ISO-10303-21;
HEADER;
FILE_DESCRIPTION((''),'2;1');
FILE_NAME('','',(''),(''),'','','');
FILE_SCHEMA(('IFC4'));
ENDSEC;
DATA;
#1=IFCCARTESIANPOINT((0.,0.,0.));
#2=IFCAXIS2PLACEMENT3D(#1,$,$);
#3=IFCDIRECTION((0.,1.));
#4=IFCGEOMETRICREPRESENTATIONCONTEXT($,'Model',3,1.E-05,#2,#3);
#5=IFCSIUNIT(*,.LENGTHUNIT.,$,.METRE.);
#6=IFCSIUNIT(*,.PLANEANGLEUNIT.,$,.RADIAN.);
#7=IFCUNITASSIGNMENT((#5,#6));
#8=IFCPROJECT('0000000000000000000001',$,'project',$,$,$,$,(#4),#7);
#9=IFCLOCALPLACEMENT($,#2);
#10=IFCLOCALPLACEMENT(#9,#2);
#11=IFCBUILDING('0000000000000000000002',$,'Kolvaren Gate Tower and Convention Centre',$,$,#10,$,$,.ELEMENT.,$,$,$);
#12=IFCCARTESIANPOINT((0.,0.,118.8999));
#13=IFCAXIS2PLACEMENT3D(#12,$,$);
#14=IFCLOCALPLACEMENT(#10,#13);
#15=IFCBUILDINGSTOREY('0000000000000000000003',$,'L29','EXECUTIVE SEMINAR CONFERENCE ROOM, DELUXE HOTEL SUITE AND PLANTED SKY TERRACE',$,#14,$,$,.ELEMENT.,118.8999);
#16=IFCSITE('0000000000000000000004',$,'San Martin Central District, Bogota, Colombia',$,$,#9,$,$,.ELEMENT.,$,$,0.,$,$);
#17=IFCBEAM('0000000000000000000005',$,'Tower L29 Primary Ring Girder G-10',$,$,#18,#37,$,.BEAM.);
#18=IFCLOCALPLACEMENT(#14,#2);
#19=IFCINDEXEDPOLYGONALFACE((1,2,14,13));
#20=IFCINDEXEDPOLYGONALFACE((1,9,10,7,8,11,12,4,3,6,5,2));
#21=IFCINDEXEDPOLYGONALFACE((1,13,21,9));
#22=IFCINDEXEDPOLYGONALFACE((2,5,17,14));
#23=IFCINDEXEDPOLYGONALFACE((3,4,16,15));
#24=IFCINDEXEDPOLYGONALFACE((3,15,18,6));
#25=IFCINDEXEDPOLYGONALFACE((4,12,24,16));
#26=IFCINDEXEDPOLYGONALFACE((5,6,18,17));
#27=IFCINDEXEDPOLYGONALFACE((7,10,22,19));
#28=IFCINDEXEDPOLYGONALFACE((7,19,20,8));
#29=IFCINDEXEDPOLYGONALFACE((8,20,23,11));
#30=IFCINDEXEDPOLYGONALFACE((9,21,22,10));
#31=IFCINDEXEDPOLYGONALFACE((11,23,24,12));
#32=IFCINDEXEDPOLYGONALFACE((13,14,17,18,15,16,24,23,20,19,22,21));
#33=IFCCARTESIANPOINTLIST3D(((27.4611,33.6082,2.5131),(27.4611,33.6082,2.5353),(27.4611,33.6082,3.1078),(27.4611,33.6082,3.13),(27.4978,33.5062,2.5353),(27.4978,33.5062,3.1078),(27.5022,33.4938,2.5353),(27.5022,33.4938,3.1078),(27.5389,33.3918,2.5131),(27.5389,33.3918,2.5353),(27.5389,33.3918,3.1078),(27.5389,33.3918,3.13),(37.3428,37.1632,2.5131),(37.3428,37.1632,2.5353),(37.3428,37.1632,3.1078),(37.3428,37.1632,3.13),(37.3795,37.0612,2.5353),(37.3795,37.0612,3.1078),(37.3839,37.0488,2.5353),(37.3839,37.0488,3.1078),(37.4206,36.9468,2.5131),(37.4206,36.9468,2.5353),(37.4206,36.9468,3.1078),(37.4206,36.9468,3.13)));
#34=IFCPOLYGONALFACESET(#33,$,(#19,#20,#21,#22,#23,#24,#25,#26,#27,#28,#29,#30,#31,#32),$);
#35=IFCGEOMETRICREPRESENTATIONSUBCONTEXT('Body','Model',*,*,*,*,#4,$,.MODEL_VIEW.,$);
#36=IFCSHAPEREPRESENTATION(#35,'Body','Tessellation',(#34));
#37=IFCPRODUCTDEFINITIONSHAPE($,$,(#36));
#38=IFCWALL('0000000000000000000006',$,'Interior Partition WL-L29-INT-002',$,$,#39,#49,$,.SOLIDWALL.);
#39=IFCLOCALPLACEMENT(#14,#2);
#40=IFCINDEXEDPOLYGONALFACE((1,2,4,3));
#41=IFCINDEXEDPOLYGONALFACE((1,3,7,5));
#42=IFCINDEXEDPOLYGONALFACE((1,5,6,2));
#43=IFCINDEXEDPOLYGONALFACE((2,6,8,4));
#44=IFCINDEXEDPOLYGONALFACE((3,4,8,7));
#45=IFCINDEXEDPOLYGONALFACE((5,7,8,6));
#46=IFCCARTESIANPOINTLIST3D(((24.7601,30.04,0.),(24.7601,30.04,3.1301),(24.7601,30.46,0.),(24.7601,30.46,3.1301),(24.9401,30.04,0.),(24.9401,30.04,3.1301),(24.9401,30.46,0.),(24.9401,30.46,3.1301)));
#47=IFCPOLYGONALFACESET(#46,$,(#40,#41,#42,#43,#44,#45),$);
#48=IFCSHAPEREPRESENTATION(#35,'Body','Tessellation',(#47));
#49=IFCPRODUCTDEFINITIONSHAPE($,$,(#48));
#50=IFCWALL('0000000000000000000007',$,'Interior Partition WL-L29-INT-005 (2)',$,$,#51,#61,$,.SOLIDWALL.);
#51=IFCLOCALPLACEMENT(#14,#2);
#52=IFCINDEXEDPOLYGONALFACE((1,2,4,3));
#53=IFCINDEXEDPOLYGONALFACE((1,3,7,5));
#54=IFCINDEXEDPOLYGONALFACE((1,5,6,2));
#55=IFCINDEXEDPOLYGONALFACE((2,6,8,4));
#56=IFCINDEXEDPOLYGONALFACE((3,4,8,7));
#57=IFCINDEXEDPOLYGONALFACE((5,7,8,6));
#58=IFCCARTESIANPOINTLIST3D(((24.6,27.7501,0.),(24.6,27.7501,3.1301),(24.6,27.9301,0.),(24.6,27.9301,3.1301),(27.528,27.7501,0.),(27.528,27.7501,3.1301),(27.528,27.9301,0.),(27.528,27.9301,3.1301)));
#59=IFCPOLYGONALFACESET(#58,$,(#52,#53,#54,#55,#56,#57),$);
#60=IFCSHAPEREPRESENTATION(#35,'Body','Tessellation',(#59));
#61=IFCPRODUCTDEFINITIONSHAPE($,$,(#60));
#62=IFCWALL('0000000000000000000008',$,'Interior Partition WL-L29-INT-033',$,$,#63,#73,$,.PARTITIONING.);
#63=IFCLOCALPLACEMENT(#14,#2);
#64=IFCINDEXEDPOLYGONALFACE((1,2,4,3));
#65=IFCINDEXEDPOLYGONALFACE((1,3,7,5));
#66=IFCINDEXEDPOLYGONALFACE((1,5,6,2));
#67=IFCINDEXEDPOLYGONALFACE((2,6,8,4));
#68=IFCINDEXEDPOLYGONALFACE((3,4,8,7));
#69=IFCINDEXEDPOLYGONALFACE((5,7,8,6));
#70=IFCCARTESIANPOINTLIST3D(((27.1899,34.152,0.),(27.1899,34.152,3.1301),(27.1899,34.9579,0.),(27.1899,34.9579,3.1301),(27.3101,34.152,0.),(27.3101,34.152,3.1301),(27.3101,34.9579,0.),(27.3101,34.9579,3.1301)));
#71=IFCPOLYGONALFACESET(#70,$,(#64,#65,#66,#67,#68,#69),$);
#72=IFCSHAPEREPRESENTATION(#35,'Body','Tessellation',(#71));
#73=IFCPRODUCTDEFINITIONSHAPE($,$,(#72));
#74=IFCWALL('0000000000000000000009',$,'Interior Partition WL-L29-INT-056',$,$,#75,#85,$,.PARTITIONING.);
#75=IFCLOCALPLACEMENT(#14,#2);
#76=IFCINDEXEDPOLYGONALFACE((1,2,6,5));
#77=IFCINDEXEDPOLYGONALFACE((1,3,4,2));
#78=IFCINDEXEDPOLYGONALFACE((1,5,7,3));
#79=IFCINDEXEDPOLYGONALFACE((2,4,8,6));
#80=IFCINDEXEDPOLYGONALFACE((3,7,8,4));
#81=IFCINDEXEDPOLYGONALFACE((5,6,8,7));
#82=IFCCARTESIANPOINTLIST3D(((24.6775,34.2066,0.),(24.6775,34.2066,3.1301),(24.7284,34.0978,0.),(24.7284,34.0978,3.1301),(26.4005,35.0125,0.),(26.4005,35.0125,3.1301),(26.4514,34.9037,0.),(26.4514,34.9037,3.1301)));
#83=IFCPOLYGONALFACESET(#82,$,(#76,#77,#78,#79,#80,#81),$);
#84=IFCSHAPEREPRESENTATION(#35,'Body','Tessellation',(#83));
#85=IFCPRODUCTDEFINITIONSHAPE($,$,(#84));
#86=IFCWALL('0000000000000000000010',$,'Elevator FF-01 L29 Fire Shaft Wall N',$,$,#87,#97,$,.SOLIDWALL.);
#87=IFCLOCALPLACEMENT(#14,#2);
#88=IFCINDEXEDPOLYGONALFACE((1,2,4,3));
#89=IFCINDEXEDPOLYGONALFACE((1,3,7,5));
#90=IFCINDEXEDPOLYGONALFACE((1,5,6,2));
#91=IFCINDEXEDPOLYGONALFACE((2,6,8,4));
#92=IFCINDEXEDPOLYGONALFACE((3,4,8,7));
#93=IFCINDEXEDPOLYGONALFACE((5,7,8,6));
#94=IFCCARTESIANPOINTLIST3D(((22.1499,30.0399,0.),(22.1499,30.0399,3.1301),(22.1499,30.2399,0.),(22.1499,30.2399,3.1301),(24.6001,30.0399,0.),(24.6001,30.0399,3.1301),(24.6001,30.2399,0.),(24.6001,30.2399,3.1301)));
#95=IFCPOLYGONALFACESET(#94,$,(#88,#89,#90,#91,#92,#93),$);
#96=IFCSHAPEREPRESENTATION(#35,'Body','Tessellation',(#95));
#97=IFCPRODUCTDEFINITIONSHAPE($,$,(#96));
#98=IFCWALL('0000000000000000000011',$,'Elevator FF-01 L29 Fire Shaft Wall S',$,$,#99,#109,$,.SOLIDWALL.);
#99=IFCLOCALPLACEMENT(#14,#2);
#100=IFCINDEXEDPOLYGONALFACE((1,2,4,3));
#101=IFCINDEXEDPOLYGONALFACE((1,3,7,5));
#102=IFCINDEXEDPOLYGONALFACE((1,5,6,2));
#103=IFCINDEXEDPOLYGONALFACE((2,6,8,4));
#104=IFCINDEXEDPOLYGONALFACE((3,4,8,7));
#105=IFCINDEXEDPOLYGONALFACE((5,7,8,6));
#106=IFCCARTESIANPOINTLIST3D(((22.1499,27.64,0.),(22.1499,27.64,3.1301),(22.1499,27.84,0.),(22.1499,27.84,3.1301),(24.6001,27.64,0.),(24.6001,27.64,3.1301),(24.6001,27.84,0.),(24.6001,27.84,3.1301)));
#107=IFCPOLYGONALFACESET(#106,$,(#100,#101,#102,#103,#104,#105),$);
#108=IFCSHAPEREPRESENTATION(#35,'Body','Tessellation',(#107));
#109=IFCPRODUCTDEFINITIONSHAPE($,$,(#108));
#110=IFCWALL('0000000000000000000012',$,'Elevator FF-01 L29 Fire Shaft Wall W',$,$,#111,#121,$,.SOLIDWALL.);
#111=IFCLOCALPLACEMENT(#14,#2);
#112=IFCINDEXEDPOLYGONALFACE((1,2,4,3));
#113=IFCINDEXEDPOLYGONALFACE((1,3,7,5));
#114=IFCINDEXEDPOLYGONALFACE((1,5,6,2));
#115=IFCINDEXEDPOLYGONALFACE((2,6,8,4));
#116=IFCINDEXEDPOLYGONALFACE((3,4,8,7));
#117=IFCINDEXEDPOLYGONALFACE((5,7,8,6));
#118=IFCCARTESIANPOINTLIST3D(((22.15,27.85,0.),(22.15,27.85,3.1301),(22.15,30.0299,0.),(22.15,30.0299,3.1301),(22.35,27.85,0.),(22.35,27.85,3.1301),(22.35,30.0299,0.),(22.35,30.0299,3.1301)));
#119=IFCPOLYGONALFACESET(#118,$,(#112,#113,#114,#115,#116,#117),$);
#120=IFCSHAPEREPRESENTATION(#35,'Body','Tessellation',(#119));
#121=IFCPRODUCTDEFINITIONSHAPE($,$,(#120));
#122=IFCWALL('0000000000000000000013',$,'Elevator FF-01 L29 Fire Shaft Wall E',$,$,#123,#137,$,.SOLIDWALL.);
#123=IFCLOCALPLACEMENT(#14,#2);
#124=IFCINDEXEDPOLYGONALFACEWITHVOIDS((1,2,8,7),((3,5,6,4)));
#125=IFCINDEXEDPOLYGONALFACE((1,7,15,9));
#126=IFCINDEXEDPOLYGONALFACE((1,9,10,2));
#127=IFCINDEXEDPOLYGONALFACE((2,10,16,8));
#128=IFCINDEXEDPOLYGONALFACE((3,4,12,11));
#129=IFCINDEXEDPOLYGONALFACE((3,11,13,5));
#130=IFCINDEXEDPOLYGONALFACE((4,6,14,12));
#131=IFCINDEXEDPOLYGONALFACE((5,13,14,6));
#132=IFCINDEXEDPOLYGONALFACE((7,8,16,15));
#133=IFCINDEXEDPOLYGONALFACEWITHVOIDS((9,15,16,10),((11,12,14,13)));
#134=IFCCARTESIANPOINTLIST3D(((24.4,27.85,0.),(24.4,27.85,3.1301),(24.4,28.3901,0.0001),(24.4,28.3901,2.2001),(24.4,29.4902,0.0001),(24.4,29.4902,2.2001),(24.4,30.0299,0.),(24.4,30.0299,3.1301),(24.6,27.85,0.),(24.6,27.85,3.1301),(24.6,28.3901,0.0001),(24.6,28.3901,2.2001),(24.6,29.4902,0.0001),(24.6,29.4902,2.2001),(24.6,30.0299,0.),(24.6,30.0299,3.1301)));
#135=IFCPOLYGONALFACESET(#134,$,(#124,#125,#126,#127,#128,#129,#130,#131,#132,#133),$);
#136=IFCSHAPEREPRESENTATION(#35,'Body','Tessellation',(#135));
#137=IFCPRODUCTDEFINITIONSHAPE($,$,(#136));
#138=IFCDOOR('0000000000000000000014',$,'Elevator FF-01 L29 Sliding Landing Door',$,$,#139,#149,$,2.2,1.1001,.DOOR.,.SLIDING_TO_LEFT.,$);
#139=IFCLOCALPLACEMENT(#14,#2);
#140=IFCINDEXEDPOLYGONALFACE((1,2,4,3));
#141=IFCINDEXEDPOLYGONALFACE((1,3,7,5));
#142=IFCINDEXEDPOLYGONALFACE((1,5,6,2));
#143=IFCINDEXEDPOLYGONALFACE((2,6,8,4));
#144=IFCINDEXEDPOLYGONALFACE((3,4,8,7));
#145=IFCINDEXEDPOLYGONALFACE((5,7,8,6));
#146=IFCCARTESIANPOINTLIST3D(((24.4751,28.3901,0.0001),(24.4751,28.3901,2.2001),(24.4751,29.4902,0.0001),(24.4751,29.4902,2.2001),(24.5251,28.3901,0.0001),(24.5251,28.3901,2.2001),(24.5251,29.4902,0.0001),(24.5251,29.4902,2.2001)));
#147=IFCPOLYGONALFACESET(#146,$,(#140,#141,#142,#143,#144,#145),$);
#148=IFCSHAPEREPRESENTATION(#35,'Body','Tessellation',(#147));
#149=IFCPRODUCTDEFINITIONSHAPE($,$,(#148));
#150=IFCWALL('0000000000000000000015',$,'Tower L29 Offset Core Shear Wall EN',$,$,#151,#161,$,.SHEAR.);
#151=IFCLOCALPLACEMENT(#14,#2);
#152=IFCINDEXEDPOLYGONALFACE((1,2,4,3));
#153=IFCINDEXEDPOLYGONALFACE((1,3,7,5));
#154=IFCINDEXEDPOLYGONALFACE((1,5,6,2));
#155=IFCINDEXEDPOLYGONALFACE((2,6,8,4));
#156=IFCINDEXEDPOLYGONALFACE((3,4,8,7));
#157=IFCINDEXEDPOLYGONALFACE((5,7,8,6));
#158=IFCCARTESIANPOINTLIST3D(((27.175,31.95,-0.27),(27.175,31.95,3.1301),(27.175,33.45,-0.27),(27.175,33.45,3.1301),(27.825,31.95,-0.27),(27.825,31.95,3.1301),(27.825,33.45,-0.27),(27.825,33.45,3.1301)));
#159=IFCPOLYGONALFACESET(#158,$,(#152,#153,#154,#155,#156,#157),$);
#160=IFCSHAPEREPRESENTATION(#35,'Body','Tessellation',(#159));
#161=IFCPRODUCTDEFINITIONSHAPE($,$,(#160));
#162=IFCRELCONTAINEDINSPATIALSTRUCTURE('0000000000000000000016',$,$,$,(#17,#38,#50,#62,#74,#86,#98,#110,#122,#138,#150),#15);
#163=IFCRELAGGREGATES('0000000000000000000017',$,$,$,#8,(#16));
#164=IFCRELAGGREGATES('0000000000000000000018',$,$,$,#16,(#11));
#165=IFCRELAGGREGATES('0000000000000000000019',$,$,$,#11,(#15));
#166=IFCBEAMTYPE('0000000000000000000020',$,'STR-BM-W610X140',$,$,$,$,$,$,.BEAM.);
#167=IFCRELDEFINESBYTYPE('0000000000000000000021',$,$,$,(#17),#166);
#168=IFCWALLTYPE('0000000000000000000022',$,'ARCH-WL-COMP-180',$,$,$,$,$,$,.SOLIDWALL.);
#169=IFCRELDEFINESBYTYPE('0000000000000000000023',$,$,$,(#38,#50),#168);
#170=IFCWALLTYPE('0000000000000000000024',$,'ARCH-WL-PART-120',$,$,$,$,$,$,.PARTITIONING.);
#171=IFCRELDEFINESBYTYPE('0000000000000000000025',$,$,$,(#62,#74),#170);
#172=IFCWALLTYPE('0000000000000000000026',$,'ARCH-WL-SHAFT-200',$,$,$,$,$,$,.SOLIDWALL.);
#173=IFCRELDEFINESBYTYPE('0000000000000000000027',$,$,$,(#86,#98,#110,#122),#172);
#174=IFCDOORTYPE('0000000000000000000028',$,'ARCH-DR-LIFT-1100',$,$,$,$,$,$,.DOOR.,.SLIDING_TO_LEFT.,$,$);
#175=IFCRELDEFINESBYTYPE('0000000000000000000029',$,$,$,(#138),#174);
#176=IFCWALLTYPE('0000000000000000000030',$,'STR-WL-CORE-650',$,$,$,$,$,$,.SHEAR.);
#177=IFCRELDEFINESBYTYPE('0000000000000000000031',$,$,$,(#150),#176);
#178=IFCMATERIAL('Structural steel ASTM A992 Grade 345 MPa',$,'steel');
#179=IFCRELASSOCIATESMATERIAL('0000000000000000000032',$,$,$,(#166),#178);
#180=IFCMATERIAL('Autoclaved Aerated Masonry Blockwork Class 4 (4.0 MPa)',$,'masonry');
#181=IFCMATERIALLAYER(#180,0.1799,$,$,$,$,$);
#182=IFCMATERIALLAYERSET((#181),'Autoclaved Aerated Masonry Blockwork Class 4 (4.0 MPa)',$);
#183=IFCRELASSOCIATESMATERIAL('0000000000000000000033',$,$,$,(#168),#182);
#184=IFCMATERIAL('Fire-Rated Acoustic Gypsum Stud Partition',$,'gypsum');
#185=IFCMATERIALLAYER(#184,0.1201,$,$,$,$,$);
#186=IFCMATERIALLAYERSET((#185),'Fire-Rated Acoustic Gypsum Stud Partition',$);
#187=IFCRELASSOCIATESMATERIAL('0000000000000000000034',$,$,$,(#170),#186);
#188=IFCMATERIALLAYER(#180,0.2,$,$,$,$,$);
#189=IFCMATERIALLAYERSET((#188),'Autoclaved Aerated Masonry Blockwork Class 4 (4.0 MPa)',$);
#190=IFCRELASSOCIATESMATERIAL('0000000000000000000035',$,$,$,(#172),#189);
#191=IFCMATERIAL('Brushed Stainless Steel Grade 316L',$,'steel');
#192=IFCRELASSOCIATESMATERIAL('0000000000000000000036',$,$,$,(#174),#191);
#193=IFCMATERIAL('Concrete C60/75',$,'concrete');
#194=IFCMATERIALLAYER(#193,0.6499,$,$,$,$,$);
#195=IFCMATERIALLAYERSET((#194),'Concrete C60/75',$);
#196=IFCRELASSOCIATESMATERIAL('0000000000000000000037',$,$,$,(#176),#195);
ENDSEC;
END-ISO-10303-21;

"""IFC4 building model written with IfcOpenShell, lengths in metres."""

from ifc_helpers import new_model, si_unit, direction, frame, frame_2d, origin, origin_2d, place, context, subcontext, project, spatial, rectangle, i_section, extrude, material, layer, layer_set, material_profile, profile_set, type_object, element, fill, save


model = new_model("IFC4")

# Units and contexts
model_context = context("Model", 3, precision=1e-05, world=origin(), true_north=direction((0.0, 1.0)))
body_context = subcontext(model_context, "Body", "Model", "MODEL_VIEW")
ifc_project = project(units=[si_unit("LENGTHUNIT", "METRE"), si_unit("PLANEANGLEUNIT", "RADIAN")], contexts=[model_context])

# Site, building, storey
site_placement = place(None, origin())
site = spatial("IfcSite", under=ifc_project, at=site_placement, Name="San Martin Central District, Bogota, Colombia", CompositionType="ELEMENT", RefElevation=0.0)
building_placement = place(site_placement, origin())
building = spatial("IfcBuilding", under=site, at=building_placement, Name="Kolvaren Gate Tower and Convention Centre", CompositionType="ELEMENT")
storey_placement = place(building_placement, frame((0.0, 0.0, 118.8999)))
storey = spatial("IfcBuildingStorey", under=building, at=storey_placement, Name="L29", Description="EXECUTIVE SEMINAR CONFERENCE ROOM, DELUXE HOTEL SUITE AND PLANTED SKY TERRACE", CompositionType="ELEMENT", Elevation=118.8999)

# Beam
ifc_material_1 = material(Name="Structural steel ASTM A992 Grade 345 MPa", Category="steel")
ifc_material_profile = material_profile(ifc_material_1, i_section(OverallWidth=0.23, OverallDepth=0.6169, WebThickness=0.0132, FlangeThickness=0.0222, at=origin_2d()), Name="W610X140")
ifc_profile_set = profile_set([ifc_material_profile], Name="Structural steel ASTM A992 Grade 345 MPa")
beam_type = type_object("IfcBeamType", Name="STR-BM-W610X140", PredefinedType="BEAM", material=ifc_profile_set)
beam_placement = place(storey_placement, frame((27.5, 33.5, 2.8215), z_axis=(0.940961, 0.338514, 0.0), x_axis=(-0.338514, 0.940961, 0.0)))
element("IfcBeam", 1, at=beam_placement, inside=storey, type_object=beam_type, Name="Tower L29 Primary Ring Girder G-10", PredefinedType="BEAM", context=body_context, shape_type="SweptSolid", body=[
    extrude(i_section(OverallWidth=0.23, OverallDepth=0.6169, WebThickness=0.0132, FlangeThickness=0.0222, at=origin_2d()), origin(), (0.0, 0.0, 1.0), 10.5017),
])

# Walls
ifc_material_2 = material(Name="Autoclaved Aerated Masonry Blockwork Class 4 (4.0 MPa)", Category="masonry")
ifc_layer_1 = layer(ifc_material_2, 0.1799)
ifc_layer_set_1 = layer_set([ifc_layer_1], Name="Autoclaved Aerated Masonry Blockwork Class 4 (4.0 MPa)")
wall_type_1 = type_object("IfcWallType", Name="ARCH-WL-COMP-180", PredefinedType="SOLIDWALL", material=ifc_layer_set_1)
wall_1_placement = place(storey_placement, frame((24.8501, 30.04, 0.0), z_axis=(0.0, 0.0, 1.0), x_axis=(0.0, 1.0, 0.0)))
element("IfcWall", 2, at=wall_1_placement, inside=storey, type_object=wall_type_1, Name="Interior Partition WL-L29-INT-002", PredefinedType="SOLIDWALL", context=body_context, shape_type="SweptSolid", body=[
    extrude(rectangle(XDim=0.4199, YDim=0.1799, at=frame_2d((0.21, 0.0))), origin(), (0.0, 0.0, 1.0), 3.1301),
])
wall_2_placement = place(storey_placement, frame((24.6001, 27.8401, 0.0), z_axis=(0.0, 0.0, 1.0), x_axis=(1.0, 0.0, 0.0)))
element("IfcWall", 3, at=wall_2_placement, inside=storey, type_object=wall_type_1, Name="Interior Partition WL-L29-INT-005 (2)", PredefinedType="SOLIDWALL", context=body_context, shape_type="SweptSolid", body=[
    extrude(rectangle(XDim=2.928, YDim=0.1799, at=frame_2d((1.4639, 0.0))), origin(), (0.0, 0.0, 1.0), 3.1301),
])
ifc_material_3 = material(Name="Fire-Rated Acoustic Gypsum Stud Partition", Category="gypsum")
ifc_layer_2 = layer(ifc_material_3, 0.1201)
ifc_layer_set_2 = layer_set([ifc_layer_2], Name="Fire-Rated Acoustic Gypsum Stud Partition")
wall_type_2 = type_object("IfcWallType", Name="ARCH-WL-PART-120", PredefinedType="PARTITIONING", material=ifc_layer_set_2)
wall_3_placement = place(storey_placement, frame((27.25, 34.1521, 0.0), z_axis=(0.0, 0.0, 1.0), x_axis=(0.0, 1.0, 0.0)))
element("IfcWall", 4, at=wall_3_placement, inside=storey, type_object=wall_type_2, Name="Interior Partition WL-L29-INT-033", PredefinedType="PARTITIONING", context=body_context, shape_type="SweptSolid", body=[
    extrude(rectangle(XDim=0.8059, YDim=0.1201, at=frame_2d((0.4028, 0.0))), origin(), (0.0, 0.0, 1.0), 3.1301),
])
wall_4_placement = place(storey_placement, frame((24.7029, 34.1521, 0.0), z_axis=(0.0, 0.0, 1.0), x_axis=(0.905802, 0.4237, 0.0)))
element("IfcWall", 5, at=wall_4_placement, inside=storey, type_object=wall_type_2, Name="Interior Partition WL-L29-INT-056", PredefinedType="PARTITIONING", context=body_context, shape_type="SweptSolid", body=[
    extrude(rectangle(XDim=1.9021, YDim=0.1201, at=frame_2d((0.9512, 0.0))), origin(), (0.0, 0.0, 1.0), 3.1301),
])
ifc_layer_3 = layer(ifc_material_2, 0.2)
ifc_layer_set_3 = layer_set([ifc_layer_3], Name="Autoclaved Aerated Masonry Blockwork Class 4 (4.0 MPa)")
wall_type_3 = type_object("IfcWallType", Name="ARCH-WL-SHAFT-200", PredefinedType="SOLIDWALL", material=ifc_layer_set_3)
for number, where, z_axis, x_axis, name in (
    (6, (22.1499, 30.1399, 0.0), (0.0, 0.0, 1.0), (1.0, 0.0, 0.0), "Elevator FF-01 L29 Fire Shaft Wall N"),
    (7, (22.1499, 27.74, 0.0), (0.0, 0.0, 1.0), (1.0, 0.0, 0.0), "Elevator FF-01 L29 Fire Shaft Wall S"),
):
    element("IfcWall", number, at=place(storey_placement, frame(where, z_axis=z_axis, x_axis=x_axis)), inside=storey, type_object=wall_type_3, Name=name, PredefinedType="SOLIDWALL", context=body_context, shape_type="SweptSolid", body=[
        extrude(rectangle(XDim=2.4502, YDim=0.2, at=frame_2d((1.2251, 0.0))), origin(), (0.0, 0.0, 1.0), 3.1301),
    ])
wall_5_placement = place(storey_placement, frame((22.25, 27.8501, 0.0), z_axis=(0.0, 0.0, 1.0), x_axis=(0.0, 1.0, 0.0)))
element("IfcWall", 8, at=wall_5_placement, inside=storey, type_object=wall_type_3, Name="Elevator FF-01 L29 Fire Shaft Wall W", PredefinedType="SOLIDWALL", context=body_context, shape_type="SweptSolid", body=[
    extrude(rectangle(XDim=2.1799, YDim=0.2, at=frame_2d((1.0898, 0.0))), origin(), (0.0, 0.0, 1.0), 3.1301),
])

# Wall, opening, door
wall_6_placement = place(storey_placement, frame((24.5, 27.8501, 0.0), z_axis=(0.0, 0.0, 1.0), x_axis=(0.0, 1.0, 0.0)))
wall_6 = element("IfcWall", 9, at=wall_6_placement, inside=storey, type_object=wall_type_3, Name="Elevator FF-01 L29 Fire Shaft Wall E", PredefinedType="SOLIDWALL", context=body_context, shape_type="SweptSolid", body=[
    extrude(rectangle(XDim=2.1799, YDim=0.2, at=frame_2d((1.0898, 0.0))), origin(), (0.0, 0.0, 1.0), 3.1301),
])
opening_1_placement = place(wall_6_placement, frame((0.54, 0.0, 0.0)))
opening_1 = element("IfcOpeningElement", 10, at=opening_1_placement, cuts=wall_6, PredefinedType="OPENING", context=body_context, shape_type="SweptSolid", body=[
    extrude(rectangle(XDim=1.1001, YDim=2.2, at=frame_2d((0.55, 1.1001))), frame((0.0, 0.1099, 0.0), z_axis=(0.0, -1.0, 0.0), x_axis=(1.0, 0.0, 0.0)), (0.0, 0.0, 1.0), 0.22),
])
ifc_material_4 = material(Name="Brushed Stainless Steel Grade 316L", Category="steel")
door_type_1 = type_object("IfcDoorType", Name="ARCH-DR-LIFT-1100", OperationType="SLIDING_TO_LEFT", PredefinedType="DOOR", material=ifc_material_4)
door_1_placement = place(opening_1_placement, origin())
door_1 = element("IfcDoor", 11, at=door_1_placement, inside=storey, type_object=door_type_1, Name="Elevator FF-01 L29 Sliding Landing Door", OperationType="SLIDING_TO_LEFT", OverallHeight=2.2, OverallWidth=1.1001, PredefinedType="DOOR", context=body_context, shape_type="SweptSolid", body=[
    extrude(rectangle(XDim=1.1001, YDim=2.2, at=frame_2d((0.55, 1.1001))), frame((0.0, 0.0249, 0.0), z_axis=(0.0, -1.0, 0.0), x_axis=(1.0, 0.0, 0.0)), (0.0, 0.0, 1.0), 0.05),
])
fill(opening_1, door_1)

# Wall
ifc_material_5 = material(Name="Concrete C60/75", Category="concrete")
ifc_layer_4 = layer(ifc_material_5, 0.6499)
ifc_layer_set_4 = layer_set([ifc_layer_4], Name="Concrete C60/75")
wall_type_4 = type_object("IfcWallType", Name="STR-WL-CORE-650", PredefinedType="SHEAR", material=ifc_layer_set_4)
wall_7_placement = place(storey_placement, frame((27.5, 31.95, -0.27), z_axis=(0.0, 0.0, 1.0), x_axis=(0.0, 1.0, 0.0)))
element("IfcWall", 12, at=wall_7_placement, inside=storey, type_object=wall_type_4, Name="Tower L29 Offset Core Shear Wall EN", PredefinedType="SHEAR", context=body_context, shape_type="SweptSolid", body=[
    extrude(rectangle(XDim=1.5, YDim=0.6499, at=frame_2d((0.75, 0.0))), origin(), (0.0, 0.0, 1.0), 3.4001),
])

save(model, "model.ifc")
